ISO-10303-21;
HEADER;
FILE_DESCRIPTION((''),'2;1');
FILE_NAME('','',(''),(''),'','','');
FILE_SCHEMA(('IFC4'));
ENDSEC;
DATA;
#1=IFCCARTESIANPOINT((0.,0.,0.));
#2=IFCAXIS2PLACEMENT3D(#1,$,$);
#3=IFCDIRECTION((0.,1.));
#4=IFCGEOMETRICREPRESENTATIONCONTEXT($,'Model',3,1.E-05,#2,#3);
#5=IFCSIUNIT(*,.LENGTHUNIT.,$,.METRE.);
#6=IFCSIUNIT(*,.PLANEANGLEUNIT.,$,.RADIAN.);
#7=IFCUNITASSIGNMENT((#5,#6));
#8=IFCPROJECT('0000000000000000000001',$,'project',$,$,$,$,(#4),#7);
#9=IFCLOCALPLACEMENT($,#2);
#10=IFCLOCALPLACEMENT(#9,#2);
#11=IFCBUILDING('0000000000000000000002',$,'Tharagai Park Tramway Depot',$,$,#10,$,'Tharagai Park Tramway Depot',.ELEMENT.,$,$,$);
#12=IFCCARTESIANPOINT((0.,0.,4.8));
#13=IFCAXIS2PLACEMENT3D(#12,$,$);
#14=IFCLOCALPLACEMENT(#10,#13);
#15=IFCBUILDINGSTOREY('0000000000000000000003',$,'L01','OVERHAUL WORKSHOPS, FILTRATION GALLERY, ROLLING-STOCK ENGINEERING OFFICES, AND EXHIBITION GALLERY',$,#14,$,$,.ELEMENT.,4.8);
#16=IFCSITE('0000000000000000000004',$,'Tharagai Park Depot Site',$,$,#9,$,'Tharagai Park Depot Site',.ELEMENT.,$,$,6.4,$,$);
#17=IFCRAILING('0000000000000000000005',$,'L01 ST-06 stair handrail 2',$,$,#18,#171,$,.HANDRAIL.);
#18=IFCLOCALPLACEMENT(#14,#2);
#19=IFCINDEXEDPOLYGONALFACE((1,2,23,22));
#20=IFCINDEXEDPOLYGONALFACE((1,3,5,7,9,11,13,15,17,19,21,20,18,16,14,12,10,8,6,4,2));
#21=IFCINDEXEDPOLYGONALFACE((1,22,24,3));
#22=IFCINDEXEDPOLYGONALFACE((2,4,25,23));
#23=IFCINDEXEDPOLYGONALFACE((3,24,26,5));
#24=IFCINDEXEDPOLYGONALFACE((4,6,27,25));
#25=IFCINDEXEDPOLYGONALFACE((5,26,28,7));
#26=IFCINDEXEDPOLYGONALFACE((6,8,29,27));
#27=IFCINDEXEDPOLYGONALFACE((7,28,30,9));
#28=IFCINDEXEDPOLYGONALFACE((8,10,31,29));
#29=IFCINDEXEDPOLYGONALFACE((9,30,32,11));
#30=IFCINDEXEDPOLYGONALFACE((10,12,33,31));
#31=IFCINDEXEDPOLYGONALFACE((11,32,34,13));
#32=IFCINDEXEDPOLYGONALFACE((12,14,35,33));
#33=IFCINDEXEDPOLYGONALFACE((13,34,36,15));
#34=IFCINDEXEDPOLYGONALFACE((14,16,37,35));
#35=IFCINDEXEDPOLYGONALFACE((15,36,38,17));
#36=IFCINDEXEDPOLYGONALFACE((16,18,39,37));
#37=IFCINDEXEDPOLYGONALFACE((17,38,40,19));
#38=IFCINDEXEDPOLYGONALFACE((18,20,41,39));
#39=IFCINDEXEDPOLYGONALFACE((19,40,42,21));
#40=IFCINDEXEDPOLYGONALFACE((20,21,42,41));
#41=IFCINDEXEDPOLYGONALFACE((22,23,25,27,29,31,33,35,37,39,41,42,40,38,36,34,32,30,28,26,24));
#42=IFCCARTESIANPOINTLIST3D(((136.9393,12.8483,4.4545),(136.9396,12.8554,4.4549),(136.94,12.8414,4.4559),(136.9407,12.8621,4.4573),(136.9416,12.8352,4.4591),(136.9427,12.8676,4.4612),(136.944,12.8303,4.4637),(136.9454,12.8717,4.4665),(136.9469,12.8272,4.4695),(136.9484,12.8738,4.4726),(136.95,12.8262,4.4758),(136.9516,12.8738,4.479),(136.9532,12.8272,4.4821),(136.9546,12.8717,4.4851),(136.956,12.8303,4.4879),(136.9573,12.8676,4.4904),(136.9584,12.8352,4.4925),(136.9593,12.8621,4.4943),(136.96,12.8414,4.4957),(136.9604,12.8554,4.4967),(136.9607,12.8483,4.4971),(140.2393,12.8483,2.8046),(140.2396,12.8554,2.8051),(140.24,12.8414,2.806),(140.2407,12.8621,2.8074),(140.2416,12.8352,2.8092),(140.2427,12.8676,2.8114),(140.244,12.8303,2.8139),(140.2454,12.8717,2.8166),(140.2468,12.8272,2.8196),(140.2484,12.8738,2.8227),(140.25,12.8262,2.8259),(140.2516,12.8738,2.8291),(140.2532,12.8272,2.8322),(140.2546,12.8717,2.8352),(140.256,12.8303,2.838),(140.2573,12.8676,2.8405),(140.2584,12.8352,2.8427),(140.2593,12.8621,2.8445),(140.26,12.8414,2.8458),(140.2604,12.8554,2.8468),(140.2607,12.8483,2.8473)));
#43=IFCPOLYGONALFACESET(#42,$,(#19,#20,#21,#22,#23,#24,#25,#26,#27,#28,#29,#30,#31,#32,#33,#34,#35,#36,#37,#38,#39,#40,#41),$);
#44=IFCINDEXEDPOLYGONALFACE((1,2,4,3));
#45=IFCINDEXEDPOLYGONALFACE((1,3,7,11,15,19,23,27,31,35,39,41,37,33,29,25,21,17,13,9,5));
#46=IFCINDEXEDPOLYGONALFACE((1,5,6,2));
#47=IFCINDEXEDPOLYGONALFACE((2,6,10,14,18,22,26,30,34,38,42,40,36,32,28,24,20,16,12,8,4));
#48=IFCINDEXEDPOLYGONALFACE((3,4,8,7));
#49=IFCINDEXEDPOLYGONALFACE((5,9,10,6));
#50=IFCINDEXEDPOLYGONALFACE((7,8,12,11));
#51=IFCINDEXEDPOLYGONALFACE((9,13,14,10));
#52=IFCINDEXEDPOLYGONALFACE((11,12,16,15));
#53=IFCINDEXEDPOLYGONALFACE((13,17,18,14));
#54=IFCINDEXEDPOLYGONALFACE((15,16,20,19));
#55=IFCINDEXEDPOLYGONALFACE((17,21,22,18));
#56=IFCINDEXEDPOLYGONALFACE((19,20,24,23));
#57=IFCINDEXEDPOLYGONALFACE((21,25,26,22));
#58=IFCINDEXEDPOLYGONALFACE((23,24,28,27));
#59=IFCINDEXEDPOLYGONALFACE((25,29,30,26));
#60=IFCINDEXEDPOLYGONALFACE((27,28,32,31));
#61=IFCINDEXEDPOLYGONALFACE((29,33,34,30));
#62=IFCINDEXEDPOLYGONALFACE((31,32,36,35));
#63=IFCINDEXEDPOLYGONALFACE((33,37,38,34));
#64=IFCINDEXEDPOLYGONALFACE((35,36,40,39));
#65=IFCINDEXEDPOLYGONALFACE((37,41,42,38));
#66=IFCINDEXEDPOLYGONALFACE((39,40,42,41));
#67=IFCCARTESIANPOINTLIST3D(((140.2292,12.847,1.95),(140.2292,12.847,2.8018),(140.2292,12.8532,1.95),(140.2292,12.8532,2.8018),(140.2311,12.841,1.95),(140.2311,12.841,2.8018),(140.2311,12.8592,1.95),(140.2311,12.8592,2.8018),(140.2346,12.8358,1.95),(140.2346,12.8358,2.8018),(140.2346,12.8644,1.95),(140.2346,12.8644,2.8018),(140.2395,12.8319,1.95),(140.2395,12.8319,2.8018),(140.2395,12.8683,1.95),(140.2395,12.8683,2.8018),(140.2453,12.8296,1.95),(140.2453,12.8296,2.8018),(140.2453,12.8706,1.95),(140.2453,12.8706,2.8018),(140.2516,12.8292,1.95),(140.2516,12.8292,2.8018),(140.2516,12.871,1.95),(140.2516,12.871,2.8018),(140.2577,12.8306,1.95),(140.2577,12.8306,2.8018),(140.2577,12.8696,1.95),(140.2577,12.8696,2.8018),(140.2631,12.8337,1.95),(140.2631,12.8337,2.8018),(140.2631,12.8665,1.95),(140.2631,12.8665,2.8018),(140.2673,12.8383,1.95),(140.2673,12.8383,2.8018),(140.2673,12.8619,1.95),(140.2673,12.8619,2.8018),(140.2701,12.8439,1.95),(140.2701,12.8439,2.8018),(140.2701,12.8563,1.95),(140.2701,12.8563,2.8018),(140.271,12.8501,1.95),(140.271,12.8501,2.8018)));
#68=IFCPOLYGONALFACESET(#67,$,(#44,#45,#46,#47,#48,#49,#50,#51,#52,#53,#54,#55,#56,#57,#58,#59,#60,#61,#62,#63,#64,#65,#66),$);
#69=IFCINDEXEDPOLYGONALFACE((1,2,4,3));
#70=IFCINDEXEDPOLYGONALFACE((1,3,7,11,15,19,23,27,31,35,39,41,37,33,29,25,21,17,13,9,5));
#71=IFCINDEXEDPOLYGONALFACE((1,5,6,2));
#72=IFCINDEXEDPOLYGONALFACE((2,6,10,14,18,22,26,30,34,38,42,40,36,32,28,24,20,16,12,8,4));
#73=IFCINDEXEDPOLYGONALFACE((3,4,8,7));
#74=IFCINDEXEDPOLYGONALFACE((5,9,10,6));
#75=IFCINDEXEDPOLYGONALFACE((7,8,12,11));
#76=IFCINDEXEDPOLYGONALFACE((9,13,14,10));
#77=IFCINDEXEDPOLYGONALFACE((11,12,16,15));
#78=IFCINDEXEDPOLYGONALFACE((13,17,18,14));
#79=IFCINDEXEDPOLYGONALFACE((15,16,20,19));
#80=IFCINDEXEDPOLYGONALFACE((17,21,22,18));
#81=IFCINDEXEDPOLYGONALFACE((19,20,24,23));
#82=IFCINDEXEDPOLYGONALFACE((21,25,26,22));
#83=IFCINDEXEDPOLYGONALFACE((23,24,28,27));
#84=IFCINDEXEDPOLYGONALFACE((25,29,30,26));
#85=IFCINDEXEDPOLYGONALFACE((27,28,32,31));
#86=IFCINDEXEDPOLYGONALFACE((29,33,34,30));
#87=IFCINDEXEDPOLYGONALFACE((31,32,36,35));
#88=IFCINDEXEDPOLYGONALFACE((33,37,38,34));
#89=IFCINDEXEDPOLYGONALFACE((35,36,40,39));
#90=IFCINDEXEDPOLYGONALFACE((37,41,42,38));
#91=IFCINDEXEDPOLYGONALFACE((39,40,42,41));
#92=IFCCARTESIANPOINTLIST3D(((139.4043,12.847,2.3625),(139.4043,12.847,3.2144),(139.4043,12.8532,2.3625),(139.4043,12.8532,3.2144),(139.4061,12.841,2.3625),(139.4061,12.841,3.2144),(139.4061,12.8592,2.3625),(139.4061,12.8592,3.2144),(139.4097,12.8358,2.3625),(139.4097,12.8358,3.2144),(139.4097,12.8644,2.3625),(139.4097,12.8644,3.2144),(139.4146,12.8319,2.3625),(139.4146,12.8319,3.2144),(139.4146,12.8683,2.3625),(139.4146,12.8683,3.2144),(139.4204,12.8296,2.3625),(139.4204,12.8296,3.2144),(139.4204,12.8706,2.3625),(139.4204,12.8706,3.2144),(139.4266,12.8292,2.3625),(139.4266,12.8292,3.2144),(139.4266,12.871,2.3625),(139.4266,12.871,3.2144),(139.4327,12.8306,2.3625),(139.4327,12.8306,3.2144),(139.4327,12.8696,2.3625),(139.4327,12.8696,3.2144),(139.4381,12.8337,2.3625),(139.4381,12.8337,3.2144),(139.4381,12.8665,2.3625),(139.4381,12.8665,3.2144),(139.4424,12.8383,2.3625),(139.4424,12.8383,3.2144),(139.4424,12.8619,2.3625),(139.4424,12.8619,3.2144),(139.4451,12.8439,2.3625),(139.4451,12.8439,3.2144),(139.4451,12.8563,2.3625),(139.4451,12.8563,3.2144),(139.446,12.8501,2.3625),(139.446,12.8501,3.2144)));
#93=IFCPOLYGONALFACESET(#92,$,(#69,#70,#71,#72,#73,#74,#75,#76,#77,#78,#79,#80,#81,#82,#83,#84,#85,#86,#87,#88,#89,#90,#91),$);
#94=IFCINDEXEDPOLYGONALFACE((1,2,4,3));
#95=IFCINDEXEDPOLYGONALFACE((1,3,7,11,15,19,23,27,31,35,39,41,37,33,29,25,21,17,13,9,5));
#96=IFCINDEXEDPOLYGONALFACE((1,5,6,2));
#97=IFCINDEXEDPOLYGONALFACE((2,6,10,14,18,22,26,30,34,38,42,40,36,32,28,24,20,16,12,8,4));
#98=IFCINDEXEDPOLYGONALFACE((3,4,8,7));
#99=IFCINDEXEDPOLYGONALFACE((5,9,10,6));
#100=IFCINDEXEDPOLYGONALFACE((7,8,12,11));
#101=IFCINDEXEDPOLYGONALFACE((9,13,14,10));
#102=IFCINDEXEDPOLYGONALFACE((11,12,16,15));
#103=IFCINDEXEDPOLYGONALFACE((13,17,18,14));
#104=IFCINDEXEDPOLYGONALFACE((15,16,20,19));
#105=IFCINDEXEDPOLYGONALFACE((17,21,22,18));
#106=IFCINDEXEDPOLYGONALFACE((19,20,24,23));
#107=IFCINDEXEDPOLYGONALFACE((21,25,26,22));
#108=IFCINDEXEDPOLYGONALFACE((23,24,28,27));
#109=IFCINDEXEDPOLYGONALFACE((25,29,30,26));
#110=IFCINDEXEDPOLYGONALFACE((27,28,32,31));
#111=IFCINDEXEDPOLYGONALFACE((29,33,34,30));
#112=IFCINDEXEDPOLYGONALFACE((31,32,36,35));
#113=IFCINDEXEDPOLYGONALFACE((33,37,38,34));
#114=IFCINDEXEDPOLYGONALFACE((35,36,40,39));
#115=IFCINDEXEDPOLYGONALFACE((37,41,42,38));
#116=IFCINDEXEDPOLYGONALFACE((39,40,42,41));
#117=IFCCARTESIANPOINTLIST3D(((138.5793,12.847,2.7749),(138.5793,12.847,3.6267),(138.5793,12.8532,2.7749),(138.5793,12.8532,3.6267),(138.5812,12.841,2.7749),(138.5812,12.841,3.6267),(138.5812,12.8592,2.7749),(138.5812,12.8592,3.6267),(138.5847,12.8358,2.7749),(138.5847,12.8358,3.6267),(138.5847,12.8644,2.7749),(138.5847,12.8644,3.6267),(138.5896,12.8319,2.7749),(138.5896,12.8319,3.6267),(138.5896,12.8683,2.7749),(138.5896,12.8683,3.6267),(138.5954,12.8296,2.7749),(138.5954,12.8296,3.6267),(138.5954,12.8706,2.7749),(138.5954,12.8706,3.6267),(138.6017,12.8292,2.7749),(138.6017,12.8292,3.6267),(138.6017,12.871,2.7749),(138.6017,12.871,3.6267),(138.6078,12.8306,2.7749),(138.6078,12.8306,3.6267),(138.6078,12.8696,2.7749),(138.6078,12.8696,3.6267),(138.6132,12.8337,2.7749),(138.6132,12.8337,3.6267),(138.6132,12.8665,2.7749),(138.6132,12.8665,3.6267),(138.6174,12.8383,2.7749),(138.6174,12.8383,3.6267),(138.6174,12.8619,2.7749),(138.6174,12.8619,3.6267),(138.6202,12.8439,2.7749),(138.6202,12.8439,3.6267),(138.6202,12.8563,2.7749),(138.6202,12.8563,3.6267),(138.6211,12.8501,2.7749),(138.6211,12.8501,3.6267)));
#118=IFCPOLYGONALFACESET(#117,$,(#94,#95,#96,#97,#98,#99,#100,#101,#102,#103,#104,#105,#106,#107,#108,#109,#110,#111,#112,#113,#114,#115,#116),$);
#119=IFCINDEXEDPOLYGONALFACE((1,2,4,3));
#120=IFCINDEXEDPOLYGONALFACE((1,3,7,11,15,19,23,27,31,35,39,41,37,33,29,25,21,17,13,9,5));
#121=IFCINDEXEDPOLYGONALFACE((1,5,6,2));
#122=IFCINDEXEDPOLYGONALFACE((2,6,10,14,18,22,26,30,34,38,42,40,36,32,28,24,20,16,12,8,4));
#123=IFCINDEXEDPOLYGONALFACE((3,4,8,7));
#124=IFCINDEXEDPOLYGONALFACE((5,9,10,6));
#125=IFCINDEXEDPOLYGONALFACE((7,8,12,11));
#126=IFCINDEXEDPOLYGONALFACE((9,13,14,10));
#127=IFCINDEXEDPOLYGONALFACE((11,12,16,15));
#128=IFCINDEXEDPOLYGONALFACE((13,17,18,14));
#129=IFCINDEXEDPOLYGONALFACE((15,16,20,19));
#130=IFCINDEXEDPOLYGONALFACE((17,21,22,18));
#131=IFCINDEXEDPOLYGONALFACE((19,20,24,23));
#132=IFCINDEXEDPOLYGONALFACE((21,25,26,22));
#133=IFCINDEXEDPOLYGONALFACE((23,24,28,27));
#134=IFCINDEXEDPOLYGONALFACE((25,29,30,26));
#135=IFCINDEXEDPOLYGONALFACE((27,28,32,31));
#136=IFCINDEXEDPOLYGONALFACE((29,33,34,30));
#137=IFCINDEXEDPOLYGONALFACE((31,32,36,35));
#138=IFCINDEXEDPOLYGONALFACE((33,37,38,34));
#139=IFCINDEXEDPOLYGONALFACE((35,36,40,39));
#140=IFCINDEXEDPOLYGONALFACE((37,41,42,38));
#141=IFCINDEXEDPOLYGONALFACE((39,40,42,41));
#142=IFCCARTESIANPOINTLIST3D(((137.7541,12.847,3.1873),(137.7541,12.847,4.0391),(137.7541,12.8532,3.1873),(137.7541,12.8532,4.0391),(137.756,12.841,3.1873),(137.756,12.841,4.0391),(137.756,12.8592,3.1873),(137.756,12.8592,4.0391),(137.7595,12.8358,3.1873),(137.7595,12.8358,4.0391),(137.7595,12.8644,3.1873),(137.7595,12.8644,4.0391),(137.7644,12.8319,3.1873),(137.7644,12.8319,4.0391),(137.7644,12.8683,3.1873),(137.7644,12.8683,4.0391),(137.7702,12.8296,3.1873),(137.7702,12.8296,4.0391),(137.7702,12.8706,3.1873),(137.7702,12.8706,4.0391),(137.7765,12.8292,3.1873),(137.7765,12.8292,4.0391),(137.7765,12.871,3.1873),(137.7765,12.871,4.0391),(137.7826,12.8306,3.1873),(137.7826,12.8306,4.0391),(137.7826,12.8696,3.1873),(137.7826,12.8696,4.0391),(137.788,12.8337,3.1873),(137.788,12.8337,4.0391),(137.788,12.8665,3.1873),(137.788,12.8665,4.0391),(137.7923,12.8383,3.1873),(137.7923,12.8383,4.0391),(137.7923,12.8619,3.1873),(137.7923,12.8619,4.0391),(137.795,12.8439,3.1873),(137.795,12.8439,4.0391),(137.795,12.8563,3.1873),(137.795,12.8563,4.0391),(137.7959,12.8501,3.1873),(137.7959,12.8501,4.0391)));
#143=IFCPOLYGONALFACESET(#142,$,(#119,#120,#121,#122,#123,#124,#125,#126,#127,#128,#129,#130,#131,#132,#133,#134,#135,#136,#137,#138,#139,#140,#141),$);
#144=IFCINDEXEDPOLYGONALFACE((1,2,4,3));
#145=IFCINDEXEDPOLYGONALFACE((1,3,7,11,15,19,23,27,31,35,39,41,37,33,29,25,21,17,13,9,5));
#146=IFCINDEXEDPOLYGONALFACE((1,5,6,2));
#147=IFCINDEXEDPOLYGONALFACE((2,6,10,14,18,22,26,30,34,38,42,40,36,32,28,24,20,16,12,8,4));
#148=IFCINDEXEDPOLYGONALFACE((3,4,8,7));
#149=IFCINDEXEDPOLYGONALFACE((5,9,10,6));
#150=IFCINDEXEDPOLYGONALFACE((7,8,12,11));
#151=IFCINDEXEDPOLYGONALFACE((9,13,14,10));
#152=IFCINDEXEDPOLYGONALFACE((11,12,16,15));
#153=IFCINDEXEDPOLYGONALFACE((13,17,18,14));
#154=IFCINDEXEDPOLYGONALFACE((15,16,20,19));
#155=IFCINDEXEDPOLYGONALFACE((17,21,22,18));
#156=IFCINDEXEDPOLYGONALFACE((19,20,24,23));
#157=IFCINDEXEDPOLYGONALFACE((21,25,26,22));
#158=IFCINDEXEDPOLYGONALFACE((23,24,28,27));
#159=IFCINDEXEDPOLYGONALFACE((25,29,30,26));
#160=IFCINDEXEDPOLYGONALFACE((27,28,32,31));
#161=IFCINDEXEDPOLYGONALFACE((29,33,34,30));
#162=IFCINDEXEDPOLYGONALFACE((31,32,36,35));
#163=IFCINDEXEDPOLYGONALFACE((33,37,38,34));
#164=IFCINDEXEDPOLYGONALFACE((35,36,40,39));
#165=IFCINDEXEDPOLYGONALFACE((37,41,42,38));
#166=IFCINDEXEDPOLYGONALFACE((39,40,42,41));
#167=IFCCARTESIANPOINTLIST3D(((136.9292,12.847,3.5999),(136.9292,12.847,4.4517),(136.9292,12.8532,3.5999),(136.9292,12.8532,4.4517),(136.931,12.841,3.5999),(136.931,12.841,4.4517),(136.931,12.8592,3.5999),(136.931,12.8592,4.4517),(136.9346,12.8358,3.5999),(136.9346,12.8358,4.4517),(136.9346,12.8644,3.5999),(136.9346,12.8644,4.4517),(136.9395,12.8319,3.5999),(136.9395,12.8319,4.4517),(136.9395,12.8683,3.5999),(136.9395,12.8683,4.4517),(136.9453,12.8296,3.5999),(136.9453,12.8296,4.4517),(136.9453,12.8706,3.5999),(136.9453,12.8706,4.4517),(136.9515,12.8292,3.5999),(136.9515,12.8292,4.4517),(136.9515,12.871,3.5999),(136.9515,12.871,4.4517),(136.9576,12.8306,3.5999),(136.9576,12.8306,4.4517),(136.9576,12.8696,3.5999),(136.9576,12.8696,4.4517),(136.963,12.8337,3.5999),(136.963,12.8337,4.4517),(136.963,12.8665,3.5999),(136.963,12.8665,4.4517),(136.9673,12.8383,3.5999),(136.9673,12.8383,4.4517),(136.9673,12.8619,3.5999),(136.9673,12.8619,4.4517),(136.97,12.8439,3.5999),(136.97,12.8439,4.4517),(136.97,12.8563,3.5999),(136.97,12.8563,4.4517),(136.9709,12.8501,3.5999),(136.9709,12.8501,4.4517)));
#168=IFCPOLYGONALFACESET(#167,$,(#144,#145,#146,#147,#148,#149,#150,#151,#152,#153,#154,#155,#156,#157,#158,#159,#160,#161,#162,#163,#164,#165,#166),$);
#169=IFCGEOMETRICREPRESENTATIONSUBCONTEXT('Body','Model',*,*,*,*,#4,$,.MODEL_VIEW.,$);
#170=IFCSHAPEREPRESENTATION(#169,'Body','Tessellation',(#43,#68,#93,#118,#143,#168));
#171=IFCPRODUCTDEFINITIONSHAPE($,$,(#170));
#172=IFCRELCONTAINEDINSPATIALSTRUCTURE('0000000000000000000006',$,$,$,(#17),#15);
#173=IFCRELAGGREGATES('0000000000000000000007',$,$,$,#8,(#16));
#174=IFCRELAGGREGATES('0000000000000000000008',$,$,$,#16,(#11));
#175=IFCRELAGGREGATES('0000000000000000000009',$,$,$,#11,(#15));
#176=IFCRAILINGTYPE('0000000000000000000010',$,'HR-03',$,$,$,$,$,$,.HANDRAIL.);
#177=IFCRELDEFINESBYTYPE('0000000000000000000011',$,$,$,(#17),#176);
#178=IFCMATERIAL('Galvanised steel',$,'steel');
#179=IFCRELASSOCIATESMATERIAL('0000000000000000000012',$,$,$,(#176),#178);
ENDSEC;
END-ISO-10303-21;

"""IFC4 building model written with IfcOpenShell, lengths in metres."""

from ifc_helpers import new_model, si_unit, direction, frame, origin, origin_2d, place, context, subcontext, project, spatial, circle, extrude, material, type_object, element, save


model = new_model("IFC4")

# Units and contexts
model_context = context("Model", 3, precision=1e-05, world=origin(), true_north=direction((0.0, 1.0)))
body_context = subcontext(model_context, "Body", "Model", "MODEL_VIEW")
ifc_project = project(units=[si_unit("LENGTHUNIT", "METRE"), si_unit("PLANEANGLEUNIT", "RADIAN")], contexts=[model_context])

# Site, building, storey
site_placement = place(None, origin())
site = spatial("IfcSite", under=ifc_project, at=site_placement, Name="Tharagai Park Depot Site", LongName="Tharagai Park Depot Site", CompositionType="ELEMENT", RefElevation=6.4)
building_placement = place(site_placement, origin())
building = spatial("IfcBuilding", under=site, at=building_placement, Name="Tharagai Park Tramway Depot", LongName="Tharagai Park Tramway Depot", CompositionType="ELEMENT")
storey_placement = place(building_placement, frame((0.0, 0.0, 4.8)))
storey = spatial("IfcBuildingStorey", under=building, at=storey_placement, Name="L01", Description="OVERHAUL WORKSHOPS, FILTRATION GALLERY, ROLLING-STOCK ENGINEERING OFFICES, AND EXHIBITION GALLERY", CompositionType="ELEMENT", Elevation=4.8)

# Shared definitions
ifc_material_1 = material(Name="Galvanised steel", Category="steel")

# Railing
railing_type_1 = type_object("IfcRailingType", Name="HR-03", PredefinedType="HANDRAIL", material=ifc_material_1)
railing_1_placement = place(storey_placement, frame((140.25, 12.8501, 1.95)))
element("IfcRailing", 1, at=railing_1_placement, inside=storey, type_object=railing_type_1, Name="L01 ST-06 stair handrail 2", PredefinedType="HANDRAIL", context=body_context, shape_type="SweptSolid", body=[
    extrude(circle(Radius=0.0239, at=origin_2d()), frame((0.0, 0.0, 0.876), z_axis=(-0.89444, 0.0, 0.447187), x_axis=(0.0, -1.0, 0.0)), (0.0, 0.0, 1.0), 3.6895),
    extrude(circle(Radius=0.021, at=origin_2d()), origin(), (0.0, 0.0, 1.0), 0.8518),
    extrude(circle(Radius=0.021, at=origin_2d()), frame((-0.825, 0.0, 0.4126)), (0.0, 0.0, 1.0), 0.8518),
    extrude(circle(Radius=0.021, at=origin_2d()), frame((-1.6499, 0.0, 0.825)), (0.0, 0.0, 1.0), 0.8518),
    extrude(circle(Radius=0.021, at=origin_2d()), frame((-2.4751, 0.0, 1.2373)), (0.0, 0.0, 1.0), 0.8518),
    extrude(circle(Radius=0.021, at=origin_2d()), frame((-3.3, 0.0, 1.6499)), (0.0, 0.0, 1.0), 0.8518),
])

save(model, "model.ifc")
